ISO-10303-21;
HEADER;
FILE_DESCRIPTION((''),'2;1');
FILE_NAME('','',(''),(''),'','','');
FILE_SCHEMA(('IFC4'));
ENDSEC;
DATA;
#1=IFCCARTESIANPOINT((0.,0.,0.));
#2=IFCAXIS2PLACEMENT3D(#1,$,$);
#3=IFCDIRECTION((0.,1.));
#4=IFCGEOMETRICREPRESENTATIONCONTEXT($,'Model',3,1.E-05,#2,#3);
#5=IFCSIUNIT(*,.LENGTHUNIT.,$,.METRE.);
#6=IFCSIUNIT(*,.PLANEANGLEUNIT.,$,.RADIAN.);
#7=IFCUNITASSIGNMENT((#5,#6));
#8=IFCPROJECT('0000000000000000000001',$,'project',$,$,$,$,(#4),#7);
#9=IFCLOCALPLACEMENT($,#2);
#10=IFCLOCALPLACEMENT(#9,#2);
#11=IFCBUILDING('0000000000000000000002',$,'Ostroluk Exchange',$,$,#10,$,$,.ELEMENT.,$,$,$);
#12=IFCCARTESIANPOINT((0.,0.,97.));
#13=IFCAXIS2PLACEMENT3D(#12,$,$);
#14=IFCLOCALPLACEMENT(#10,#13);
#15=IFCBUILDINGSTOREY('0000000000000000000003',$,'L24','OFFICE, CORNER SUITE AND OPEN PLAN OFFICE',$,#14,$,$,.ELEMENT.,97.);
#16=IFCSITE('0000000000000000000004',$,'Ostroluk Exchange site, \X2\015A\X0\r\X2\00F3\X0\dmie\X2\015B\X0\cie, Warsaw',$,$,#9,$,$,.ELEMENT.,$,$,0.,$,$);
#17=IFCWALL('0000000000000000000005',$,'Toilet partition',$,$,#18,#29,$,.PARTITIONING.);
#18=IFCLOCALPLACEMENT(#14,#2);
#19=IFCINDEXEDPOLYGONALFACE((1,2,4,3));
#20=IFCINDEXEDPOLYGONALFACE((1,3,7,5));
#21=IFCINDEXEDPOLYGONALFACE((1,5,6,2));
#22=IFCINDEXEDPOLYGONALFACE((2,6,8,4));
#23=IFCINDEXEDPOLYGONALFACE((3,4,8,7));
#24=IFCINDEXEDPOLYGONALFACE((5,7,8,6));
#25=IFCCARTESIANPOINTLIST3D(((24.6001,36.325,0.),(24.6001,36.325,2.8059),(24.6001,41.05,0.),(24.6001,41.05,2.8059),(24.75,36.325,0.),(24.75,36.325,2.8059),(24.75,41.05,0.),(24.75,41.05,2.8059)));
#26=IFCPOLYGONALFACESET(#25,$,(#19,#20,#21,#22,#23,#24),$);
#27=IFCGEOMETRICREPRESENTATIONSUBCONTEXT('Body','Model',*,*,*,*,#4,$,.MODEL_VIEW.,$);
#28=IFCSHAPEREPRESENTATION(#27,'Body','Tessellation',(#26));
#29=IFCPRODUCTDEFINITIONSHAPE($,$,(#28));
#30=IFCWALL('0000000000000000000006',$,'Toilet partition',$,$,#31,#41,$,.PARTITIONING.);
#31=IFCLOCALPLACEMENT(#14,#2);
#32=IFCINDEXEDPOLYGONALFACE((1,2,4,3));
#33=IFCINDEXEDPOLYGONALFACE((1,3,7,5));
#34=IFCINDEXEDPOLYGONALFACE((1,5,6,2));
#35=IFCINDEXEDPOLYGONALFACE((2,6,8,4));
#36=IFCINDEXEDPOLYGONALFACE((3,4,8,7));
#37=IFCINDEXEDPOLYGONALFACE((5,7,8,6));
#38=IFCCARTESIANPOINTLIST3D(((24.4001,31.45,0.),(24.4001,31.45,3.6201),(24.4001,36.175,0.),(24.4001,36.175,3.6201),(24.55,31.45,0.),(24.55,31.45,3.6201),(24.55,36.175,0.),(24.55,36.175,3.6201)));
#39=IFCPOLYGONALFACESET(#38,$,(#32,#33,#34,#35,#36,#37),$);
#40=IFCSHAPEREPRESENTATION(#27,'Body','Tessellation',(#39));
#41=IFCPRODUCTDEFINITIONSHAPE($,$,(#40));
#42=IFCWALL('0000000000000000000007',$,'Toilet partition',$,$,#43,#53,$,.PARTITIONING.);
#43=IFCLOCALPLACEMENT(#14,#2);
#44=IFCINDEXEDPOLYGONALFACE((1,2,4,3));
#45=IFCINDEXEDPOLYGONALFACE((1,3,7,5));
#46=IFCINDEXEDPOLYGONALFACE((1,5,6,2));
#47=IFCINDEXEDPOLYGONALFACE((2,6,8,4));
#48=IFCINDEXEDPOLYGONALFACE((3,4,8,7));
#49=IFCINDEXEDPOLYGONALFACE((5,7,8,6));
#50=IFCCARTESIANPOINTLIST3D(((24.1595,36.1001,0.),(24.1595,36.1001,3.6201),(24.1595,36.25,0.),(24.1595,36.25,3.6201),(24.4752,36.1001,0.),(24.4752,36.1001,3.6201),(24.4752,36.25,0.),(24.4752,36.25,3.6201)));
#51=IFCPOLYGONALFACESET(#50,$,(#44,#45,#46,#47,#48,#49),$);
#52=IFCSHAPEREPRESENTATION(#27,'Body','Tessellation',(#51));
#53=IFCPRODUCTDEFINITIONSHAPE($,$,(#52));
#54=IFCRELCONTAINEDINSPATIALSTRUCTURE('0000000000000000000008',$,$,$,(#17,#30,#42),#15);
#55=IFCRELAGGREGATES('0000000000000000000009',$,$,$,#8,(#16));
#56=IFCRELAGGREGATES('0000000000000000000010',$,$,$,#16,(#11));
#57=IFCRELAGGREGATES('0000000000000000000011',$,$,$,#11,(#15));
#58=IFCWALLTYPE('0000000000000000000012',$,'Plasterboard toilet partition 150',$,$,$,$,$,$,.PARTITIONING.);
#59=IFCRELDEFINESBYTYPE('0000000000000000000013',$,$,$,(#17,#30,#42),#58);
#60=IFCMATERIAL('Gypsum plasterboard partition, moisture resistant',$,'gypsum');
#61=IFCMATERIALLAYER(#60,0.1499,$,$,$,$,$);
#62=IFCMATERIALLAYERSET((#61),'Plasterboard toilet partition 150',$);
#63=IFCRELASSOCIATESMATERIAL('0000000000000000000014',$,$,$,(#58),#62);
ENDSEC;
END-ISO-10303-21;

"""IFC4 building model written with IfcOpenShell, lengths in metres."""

from ifc_helpers import new_model, si_unit, direction, frame, frame_2d, origin, place, context, subcontext, project, spatial, rectangle, extrude, material, layer, layer_set, type_object, element, save


model = new_model("IFC4")

# Units and contexts
model_context = context("Model", 3, precision=1e-05, world=origin(), true_north=direction((0.0, 1.0)))
body_context = subcontext(model_context, "Body", "Model", "MODEL_VIEW")
ifc_project = project(units=[si_unit("LENGTHUNIT", "METRE"), si_unit("PLANEANGLEUNIT", "RADIAN")], contexts=[model_context])

# Site, building, storey
site_placement = place(None, origin())
site = spatial("IfcSite", under=ifc_project, at=site_placement, Name="Ostroluk Exchange site, Śródmieście, Warsaw", CompositionType="ELEMENT", RefElevation=0.0)
building_placement = place(site_placement, origin())
building = spatial("IfcBuilding", under=site, at=building_placement, Name="Ostroluk Exchange", CompositionType="ELEMENT")
storey_placement = place(building_placement, frame((0.0, 0.0, 97.0)))
storey = spatial("IfcBuildingStorey", under=building, at=storey_placement, Name="L24", Description="OFFICE, CORNER SUITE AND OPEN PLAN OFFICE", CompositionType="ELEMENT", Elevation=97.0)

# Walls
ifc_material_1 = material(Name="Gypsum plasterboard partition, moisture resistant", Category="gypsum")
ifc_layer_1 = layer(ifc_material_1, 0.1499)
ifc_layer_set_1 = layer_set([ifc_layer_1], Name="Plasterboard toilet partition 150")
wall_type_1 = type_object("IfcWallType", Name="Plasterboard toilet partition 150", PredefinedType="PARTITIONING", material=ifc_layer_set_1)
wall_1_placement = place(storey_placement, frame((24.675, 41.05, 0.0), z_axis=(0.0, 0.0, 1.0), x_axis=(0.0, -1.0, 0.0)))
element("IfcWall", 1, at=wall_1_placement, inside=storey, type_object=wall_type_1, Name="Toilet partition", PredefinedType="PARTITIONING", context=body_context, shape_type="SweptSolid", body=[
    extrude(rectangle(XDim=4.7251, YDim=0.1499, at=frame_2d((2.3625, 0.0))), origin(), (0.0, 0.0, 1.0), 2.8059),
])
wall_2_placement = place(storey_placement, frame((24.4751, 36.175, 0.0), z_axis=(0.0, 0.0, 1.0), x_axis=(0.0, -1.0, 0.0)))
element("IfcWall", 2, at=wall_2_placement, inside=storey, type_object=wall_type_1, Name="Toilet partition", PredefinedType="PARTITIONING", context=body_context, shape_type="SweptSolid", body=[
    extrude(rectangle(XDim=4.7251, YDim=0.1499, at=frame_2d((2.3625, 0.0))), origin(), (0.0, 0.0, 1.0), 3.6201),
])
wall_3_placement = place(storey_placement, frame((24.4751, 36.175, 0.0), z_axis=(0.0, 0.0, 1.0), x_axis=(-1.0, 0.0, 0.0)))
element("IfcWall", 3, at=wall_3_placement, inside=storey, type_object=wall_type_1, Name="Toilet partition", PredefinedType="PARTITIONING", context=body_context, shape_type="SweptSolid", body=[
    extrude(rectangle(XDim=0.3157, YDim=0.1499, at=frame_2d((0.1577, 0.0))), origin(), (0.0, 0.0, 1.0), 3.6201),
])

save(model, "model.ifc")
